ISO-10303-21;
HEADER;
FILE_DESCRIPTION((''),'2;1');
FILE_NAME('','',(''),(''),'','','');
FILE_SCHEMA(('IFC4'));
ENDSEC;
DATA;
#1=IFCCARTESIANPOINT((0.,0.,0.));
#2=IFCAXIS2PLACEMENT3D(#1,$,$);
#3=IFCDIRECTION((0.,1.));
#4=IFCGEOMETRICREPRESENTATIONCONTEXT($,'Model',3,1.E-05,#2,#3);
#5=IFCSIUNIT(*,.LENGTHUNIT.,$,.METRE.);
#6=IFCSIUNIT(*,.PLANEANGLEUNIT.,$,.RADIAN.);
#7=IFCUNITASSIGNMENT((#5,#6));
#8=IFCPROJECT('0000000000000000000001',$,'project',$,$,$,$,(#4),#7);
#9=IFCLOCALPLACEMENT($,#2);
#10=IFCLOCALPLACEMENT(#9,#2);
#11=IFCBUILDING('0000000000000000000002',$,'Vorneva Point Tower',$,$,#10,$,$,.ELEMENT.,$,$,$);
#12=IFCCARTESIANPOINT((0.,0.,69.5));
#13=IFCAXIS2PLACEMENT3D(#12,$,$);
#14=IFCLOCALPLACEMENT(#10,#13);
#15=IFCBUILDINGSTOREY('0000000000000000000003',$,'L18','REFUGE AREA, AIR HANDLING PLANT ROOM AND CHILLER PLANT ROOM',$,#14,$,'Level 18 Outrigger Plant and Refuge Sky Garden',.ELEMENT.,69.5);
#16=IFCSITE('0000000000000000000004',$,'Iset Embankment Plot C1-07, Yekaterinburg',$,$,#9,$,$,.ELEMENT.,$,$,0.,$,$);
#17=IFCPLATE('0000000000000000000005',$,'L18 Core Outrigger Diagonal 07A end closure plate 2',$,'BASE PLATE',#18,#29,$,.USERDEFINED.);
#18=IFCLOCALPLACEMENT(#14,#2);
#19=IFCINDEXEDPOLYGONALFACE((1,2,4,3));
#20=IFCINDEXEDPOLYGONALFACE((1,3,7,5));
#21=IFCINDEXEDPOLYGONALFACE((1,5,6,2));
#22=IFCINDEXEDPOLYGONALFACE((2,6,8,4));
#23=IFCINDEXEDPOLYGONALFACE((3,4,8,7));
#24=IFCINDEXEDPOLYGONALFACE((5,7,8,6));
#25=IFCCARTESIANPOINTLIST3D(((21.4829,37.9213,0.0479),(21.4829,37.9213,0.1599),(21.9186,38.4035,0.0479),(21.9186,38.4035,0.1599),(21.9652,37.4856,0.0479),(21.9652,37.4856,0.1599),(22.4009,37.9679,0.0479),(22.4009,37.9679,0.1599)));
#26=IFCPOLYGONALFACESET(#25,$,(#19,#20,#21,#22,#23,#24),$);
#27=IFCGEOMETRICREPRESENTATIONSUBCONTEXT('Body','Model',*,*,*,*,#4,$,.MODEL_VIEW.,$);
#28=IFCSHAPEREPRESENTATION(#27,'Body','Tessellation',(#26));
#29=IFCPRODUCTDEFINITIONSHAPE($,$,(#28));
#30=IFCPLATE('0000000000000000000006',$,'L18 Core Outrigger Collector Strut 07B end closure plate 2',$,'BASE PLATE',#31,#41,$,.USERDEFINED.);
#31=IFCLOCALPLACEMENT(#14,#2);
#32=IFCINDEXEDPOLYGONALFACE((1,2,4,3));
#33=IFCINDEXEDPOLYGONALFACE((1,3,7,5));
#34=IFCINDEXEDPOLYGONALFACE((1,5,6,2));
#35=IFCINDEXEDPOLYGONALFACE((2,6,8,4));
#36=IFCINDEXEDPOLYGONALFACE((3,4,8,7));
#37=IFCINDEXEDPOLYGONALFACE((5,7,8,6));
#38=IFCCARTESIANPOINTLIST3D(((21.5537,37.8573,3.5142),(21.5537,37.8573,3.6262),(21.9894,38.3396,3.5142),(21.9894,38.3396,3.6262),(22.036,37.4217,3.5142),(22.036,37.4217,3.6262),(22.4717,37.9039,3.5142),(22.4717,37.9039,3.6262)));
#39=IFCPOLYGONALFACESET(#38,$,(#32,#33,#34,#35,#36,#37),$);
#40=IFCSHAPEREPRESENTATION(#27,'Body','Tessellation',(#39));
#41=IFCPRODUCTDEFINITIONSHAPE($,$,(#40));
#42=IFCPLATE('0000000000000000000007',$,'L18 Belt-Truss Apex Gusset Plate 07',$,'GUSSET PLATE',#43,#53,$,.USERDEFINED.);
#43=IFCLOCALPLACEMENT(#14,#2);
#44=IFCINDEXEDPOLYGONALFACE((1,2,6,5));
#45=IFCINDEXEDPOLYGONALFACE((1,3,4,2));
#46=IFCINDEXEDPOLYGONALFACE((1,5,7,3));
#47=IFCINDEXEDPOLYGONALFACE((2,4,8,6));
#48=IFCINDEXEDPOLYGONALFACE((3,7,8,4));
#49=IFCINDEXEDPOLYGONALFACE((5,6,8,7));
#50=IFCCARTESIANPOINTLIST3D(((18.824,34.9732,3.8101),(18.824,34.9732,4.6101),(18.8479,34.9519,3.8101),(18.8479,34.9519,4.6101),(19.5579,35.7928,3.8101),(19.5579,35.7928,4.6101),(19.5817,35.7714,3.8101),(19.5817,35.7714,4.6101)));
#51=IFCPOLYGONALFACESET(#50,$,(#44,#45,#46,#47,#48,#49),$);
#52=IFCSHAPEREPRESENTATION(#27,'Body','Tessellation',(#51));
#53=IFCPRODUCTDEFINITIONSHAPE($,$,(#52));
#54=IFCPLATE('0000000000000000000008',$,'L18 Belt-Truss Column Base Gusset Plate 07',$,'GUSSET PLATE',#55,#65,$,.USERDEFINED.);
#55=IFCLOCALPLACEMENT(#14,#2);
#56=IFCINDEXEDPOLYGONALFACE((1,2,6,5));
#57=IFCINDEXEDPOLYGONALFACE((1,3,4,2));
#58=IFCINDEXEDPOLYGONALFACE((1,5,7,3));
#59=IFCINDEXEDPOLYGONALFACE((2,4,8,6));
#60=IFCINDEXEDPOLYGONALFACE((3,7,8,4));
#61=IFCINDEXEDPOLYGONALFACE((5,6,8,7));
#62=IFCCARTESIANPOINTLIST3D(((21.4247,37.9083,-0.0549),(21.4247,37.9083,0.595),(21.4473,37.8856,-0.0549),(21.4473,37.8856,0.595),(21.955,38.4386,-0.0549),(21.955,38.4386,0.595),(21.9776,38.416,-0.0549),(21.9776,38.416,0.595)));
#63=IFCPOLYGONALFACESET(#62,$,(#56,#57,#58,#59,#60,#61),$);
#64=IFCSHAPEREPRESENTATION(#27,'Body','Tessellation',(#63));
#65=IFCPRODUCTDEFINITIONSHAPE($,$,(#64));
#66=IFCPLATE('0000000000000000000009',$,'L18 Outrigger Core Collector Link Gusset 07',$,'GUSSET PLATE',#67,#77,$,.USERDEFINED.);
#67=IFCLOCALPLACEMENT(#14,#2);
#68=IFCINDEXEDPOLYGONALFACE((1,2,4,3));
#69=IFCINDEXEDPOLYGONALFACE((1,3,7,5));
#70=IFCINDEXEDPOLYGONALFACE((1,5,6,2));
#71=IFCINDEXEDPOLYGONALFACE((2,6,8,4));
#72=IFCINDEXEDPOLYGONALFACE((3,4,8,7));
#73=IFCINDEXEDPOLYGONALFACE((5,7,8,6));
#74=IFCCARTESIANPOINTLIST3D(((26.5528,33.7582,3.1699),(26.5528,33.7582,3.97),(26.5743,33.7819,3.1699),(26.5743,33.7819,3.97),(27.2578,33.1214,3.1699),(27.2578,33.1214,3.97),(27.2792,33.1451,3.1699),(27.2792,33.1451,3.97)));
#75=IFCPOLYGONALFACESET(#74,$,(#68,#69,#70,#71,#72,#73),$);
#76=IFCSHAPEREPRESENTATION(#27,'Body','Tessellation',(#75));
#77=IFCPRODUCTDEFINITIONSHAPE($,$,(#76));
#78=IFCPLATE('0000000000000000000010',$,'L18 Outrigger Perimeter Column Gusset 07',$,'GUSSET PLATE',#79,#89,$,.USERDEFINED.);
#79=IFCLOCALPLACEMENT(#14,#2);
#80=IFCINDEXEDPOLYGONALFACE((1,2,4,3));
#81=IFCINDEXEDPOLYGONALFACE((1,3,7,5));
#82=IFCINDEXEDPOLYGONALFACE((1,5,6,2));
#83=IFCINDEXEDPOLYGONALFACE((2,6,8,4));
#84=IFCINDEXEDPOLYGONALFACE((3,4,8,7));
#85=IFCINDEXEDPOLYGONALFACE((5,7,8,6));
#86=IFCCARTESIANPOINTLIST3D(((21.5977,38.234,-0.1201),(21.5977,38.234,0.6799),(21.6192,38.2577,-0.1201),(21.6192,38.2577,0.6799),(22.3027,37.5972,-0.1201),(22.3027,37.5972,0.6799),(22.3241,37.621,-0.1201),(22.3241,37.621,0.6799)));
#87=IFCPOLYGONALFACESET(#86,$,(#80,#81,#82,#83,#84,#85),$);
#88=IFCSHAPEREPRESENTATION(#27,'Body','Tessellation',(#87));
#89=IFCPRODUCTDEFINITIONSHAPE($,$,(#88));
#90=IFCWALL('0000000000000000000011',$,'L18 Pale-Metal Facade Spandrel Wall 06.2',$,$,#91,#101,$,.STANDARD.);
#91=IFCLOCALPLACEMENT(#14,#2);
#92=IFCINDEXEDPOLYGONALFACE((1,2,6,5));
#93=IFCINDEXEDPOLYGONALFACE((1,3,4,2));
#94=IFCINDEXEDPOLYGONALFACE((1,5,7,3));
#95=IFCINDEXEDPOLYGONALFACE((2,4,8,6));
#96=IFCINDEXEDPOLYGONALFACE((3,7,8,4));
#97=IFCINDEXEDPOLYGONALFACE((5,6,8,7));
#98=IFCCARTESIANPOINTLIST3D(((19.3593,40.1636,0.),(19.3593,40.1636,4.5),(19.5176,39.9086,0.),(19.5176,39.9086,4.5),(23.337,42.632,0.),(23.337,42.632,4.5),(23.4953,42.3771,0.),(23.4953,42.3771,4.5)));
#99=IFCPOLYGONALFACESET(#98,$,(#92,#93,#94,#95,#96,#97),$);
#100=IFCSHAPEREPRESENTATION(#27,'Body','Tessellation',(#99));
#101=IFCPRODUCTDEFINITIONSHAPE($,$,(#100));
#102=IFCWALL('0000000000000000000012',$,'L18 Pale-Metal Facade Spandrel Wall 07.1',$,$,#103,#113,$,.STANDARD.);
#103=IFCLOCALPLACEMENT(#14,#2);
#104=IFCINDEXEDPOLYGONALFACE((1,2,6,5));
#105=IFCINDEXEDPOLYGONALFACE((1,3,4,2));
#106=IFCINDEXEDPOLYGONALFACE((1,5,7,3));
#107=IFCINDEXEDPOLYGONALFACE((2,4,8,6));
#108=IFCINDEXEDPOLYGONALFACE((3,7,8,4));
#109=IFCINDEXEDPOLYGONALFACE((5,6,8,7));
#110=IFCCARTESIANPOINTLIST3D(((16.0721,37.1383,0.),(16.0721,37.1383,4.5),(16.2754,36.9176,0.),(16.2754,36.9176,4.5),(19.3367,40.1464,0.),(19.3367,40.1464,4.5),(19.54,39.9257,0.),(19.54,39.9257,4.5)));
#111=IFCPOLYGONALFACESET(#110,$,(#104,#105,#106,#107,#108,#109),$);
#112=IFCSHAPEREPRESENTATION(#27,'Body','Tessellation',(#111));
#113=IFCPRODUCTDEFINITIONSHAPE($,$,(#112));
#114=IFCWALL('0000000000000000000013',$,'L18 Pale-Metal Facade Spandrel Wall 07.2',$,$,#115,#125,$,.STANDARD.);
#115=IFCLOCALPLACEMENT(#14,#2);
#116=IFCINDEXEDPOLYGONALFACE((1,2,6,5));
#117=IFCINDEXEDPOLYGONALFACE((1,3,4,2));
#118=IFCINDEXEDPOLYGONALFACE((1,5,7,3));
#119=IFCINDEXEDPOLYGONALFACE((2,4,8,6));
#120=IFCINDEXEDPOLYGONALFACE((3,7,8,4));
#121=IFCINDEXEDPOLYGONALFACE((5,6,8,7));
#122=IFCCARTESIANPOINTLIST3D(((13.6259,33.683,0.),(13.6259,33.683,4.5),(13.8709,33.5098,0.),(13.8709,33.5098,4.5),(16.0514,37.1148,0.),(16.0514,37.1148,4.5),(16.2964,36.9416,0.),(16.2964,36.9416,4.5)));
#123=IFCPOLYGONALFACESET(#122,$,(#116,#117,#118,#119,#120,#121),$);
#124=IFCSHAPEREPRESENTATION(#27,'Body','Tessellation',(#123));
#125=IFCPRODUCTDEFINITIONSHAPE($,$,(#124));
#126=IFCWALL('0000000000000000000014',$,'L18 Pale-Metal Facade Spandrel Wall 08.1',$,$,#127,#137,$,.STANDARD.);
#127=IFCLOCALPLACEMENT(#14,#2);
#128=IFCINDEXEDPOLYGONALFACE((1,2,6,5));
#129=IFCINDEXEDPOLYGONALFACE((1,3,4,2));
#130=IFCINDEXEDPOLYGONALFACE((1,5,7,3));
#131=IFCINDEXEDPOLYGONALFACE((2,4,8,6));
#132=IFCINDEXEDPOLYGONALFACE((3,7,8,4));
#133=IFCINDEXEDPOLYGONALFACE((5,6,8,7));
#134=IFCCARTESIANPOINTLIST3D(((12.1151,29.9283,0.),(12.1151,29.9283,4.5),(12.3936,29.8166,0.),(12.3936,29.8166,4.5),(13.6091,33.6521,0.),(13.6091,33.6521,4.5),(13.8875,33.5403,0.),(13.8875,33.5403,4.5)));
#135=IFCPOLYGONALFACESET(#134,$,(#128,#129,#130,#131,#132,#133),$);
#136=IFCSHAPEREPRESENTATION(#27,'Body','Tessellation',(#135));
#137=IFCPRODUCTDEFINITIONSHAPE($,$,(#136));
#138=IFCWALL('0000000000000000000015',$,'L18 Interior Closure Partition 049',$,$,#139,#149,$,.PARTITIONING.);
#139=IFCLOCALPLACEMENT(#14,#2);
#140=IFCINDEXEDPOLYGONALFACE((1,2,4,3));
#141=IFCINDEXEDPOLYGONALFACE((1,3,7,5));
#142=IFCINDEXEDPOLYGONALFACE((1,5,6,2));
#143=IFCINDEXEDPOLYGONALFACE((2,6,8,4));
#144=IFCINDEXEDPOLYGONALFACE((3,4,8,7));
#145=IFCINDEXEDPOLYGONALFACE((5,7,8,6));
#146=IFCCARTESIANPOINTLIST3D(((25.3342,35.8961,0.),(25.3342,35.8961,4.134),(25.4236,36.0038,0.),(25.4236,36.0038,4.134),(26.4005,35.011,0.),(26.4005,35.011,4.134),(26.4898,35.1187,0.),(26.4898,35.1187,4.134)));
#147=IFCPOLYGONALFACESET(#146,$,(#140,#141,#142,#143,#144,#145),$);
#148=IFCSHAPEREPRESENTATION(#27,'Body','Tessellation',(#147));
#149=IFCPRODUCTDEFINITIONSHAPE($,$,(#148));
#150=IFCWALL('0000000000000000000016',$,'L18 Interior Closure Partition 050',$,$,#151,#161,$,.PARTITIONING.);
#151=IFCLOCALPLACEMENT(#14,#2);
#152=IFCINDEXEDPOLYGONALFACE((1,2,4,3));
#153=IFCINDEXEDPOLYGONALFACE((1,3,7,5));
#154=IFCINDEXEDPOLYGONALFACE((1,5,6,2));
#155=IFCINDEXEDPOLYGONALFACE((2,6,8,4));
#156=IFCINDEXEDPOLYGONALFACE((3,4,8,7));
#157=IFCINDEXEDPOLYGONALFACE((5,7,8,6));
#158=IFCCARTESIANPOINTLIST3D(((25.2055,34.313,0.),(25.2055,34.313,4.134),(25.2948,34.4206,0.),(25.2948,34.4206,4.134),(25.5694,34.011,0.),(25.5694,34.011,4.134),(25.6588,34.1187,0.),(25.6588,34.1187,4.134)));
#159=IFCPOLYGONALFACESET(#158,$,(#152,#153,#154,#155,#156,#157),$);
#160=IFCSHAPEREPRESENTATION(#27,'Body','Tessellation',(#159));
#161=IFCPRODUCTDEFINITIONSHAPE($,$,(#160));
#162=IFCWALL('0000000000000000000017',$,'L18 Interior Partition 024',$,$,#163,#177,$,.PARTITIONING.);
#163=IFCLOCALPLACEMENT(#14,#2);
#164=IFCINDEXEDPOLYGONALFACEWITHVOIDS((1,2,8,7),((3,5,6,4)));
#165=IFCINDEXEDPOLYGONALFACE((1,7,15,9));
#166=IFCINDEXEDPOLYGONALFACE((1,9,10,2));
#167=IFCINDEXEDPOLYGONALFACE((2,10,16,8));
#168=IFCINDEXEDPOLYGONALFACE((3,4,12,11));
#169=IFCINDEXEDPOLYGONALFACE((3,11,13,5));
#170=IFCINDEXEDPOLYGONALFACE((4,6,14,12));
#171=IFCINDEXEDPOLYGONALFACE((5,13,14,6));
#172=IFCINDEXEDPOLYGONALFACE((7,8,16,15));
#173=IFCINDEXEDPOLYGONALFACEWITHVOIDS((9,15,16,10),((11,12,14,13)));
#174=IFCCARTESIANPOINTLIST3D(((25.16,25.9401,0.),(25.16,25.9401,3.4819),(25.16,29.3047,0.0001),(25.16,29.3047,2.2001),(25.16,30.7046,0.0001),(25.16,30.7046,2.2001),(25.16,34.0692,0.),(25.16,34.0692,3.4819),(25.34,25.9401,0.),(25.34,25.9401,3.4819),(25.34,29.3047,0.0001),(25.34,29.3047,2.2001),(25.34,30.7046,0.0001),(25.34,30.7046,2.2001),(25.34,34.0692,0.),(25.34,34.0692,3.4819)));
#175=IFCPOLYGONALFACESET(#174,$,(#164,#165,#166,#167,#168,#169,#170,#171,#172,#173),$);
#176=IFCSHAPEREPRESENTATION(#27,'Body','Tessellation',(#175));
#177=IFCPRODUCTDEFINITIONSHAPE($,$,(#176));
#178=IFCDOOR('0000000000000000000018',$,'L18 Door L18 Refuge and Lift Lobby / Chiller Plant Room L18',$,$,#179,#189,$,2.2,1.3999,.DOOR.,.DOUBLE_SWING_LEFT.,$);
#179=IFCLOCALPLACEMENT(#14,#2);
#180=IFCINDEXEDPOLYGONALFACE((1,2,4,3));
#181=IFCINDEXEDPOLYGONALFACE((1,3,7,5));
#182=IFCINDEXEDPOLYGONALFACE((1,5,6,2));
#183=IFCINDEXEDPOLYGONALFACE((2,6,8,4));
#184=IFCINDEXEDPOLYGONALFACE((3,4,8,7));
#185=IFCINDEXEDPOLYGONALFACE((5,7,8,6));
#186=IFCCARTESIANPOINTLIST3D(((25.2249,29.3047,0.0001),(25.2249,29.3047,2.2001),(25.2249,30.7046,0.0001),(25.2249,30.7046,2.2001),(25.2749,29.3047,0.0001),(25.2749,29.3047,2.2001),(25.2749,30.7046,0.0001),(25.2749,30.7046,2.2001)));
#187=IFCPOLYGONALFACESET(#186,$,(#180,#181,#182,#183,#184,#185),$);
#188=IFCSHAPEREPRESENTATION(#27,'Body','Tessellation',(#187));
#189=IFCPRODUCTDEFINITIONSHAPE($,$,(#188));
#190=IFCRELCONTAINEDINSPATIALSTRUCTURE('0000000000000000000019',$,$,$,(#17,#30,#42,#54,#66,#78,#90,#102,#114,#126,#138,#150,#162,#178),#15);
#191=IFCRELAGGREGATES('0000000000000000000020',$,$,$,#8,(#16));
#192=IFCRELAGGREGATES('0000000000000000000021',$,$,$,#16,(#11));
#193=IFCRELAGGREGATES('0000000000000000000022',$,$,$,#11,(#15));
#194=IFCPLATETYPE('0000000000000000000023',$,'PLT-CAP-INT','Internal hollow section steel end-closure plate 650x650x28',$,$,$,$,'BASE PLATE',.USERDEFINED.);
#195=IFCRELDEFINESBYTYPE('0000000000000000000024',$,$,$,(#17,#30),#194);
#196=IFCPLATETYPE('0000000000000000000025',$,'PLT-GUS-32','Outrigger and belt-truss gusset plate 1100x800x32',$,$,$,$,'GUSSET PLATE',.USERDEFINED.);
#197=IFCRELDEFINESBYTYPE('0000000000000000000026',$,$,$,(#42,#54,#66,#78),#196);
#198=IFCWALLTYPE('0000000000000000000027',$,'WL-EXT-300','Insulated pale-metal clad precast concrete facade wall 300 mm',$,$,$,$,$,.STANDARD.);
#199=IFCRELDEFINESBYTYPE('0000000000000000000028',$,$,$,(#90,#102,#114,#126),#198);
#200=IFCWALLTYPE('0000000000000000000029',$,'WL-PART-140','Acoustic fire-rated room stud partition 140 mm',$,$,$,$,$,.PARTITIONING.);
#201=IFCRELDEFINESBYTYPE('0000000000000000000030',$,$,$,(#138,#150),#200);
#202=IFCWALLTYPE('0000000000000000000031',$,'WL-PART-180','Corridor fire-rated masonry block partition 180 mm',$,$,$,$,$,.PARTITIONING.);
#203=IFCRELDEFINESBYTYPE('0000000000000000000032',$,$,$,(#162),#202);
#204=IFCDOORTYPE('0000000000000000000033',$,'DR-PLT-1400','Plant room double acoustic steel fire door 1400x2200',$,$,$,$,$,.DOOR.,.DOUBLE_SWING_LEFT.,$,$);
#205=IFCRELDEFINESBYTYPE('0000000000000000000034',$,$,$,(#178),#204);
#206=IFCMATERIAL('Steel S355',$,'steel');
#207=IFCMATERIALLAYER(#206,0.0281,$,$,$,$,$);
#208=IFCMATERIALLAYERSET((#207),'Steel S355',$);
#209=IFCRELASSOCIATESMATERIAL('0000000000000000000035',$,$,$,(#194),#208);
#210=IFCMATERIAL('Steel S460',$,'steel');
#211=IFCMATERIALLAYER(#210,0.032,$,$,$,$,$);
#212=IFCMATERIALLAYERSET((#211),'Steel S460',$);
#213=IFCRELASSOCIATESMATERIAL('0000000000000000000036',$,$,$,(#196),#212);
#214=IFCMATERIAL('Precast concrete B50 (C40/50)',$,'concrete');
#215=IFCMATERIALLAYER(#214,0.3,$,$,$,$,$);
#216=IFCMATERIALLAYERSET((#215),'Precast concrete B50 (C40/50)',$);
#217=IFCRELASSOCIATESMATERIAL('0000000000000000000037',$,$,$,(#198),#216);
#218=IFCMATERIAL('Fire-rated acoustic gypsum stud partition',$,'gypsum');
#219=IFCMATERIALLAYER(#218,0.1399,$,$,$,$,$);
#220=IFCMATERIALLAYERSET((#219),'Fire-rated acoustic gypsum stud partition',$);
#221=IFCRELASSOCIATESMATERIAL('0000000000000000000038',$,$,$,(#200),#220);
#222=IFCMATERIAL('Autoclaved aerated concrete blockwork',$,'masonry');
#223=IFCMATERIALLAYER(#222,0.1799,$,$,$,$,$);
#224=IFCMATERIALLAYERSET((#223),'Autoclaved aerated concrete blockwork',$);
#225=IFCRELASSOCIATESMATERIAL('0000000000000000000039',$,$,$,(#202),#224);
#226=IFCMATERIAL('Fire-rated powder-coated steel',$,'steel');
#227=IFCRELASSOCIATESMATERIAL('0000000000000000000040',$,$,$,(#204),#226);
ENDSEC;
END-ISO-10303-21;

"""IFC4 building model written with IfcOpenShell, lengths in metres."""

from ifc_helpers import new_model, si_unit, direction, frame, frame_2d, origin, origin_2d, place, context, subcontext, project, spatial, rectangle, extrude, material, layer, layer_set, type_object, element, fill, save


model = new_model("IFC4")

# Units and contexts
model_context = context("Model", 3, precision=1e-05, world=origin(), true_north=direction((0.0, 1.0)))
body_context = subcontext(model_context, "Body", "Model", "MODEL_VIEW")
ifc_project = project(units=[si_unit("LENGTHUNIT", "METRE"), si_unit("PLANEANGLEUNIT", "RADIAN")], contexts=[model_context])

# Site, building, storey
site_placement = place(None, origin())
site = spatial("IfcSite", under=ifc_project, at=site_placement, Name="Iset Embankment Plot C1-07, Yekaterinburg", CompositionType="ELEMENT", RefElevation=0.0)
building_placement = place(site_placement, origin())
building = spatial("IfcBuilding", under=site, at=building_placement, Name="Vorneva Point Tower", CompositionType="ELEMENT")
storey_placement = place(building_placement, frame((0.0, 0.0, 69.5)))
storey = spatial("IfcBuildingStorey", under=building, at=storey_placement, Name="L18", Description="REFUGE AREA, AIR HANDLING PLANT ROOM AND CHILLER PLANT ROOM", LongName="Level 18 Outrigger Plant and Refuge Sky Garden", CompositionType="ELEMENT", Elevation=69.5)

# Shared definitions
ifc_material_1 = material(Name="Steel S460", Category="steel")
ifc_material_2 = material(Name="Steel S355", Category="steel")

# Plates
ifc_layer_1 = layer(ifc_material_2, 0.0281)
ifc_layer_set_1 = layer_set([ifc_layer_1], Name="Steel S355")
plate_type_1 = type_object("IfcPlateType", Name="PLT-CAP-INT", Description="Internal hollow section steel end-closure plate 650x650x28", ElementType="BASE PLATE", PredefinedType="USERDEFINED", material=ifc_layer_set_1)
for number, where, z_axis, x_axis, name in (
    (1, (21.9419, 37.9446, 0.0479), (0.0, 0.0, 1.0), (-0.742081, 0.67031, 0.0), "L18 Core Outrigger Diagonal 07A end closure plate 2"),
    (2, (22.0127, 37.8806, 3.5142), (0.0, 0.0, 1.0), (-0.742081, 0.67031, 0.0), "L18 Core Outrigger Collector Strut 07B end closure plate 2"),
):
    element("IfcPlate", number, at=place(storey_placement, frame(where, z_axis=z_axis, x_axis=x_axis)), inside=storey, type_object=plate_type_1, Name=name, ObjectType="BASE PLATE", PredefinedType="USERDEFINED", context=body_context, shape_type="SweptSolid", body=[
        extrude(rectangle(XDim=0.6499, YDim=0.6499, at=origin_2d()), origin(), (0.0, 0.0, 1.0), 0.1121),
    ])
ifc_layer_2 = layer(ifc_material_1, 0.032)
ifc_layer_set_2 = layer_set([ifc_layer_2], Name="Steel S460")
plate_type_2 = type_object("IfcPlateType", Name="PLT-GUS-32", Description="Outrigger and belt-truss gusset plate 1100x800x32", ElementType="GUSSET PLATE", PredefinedType="USERDEFINED", material=ifc_layer_set_2)
plate_1_placement = place(storey_placement, frame((19.2029, 35.3723, 3.8101), z_axis=(0.0, 0.0, 1.0), x_axis=(-0.667092, -0.744976, 0.0)))
element("IfcPlate", 3, at=plate_1_placement, inside=storey, type_object=plate_type_2, Name="L18 Belt-Truss Apex Gusset Plate 07", ObjectType="GUSSET PLATE", PredefinedType="USERDEFINED", context=body_context, shape_type="SweptSolid", body=[
    extrude(rectangle(XDim=1.1001, YDim=0.032, at=origin_2d()), origin(), (0.0, 0.0, 1.0), 0.8),
])
plate_2_placement = place(storey_placement, frame((21.7012, 38.1621, -0.0549), z_axis=(0.0, 0.0, 1.0), x_axis=(-0.707107, -0.707107, 0.0)))
element("IfcPlate", 4, at=plate_2_placement, inside=storey, type_object=plate_type_2, Name="L18 Belt-Truss Column Base Gusset Plate 07", ObjectType="GUSSET PLATE", PredefinedType="USERDEFINED", context=body_context, shape_type="SweptSolid", body=[
    extrude(rectangle(XDim=0.75, YDim=0.032, at=origin_2d()), origin(), (0.0, 0.0, 1.0), 0.6499),
])
for number, where, z_axis, x_axis, name in (
    (5, (26.916, 33.4517, 3.1699), (0.0, 0.0, 1.0), (-0.742081, 0.67031, 0.0), "L18 Outrigger Core Collector Link Gusset 07"),
    (6, (21.9609, 37.9275, -0.1201), (0.0, 0.0, 1.0), (-0.742081, 0.67031, 0.0), "L18 Outrigger Perimeter Column Gusset 07"),
):
    element("IfcPlate", number, at=place(storey_placement, frame(where, z_axis=z_axis, x_axis=x_axis)), inside=storey, type_object=plate_type_2, Name=name, ObjectType="GUSSET PLATE", PredefinedType="USERDEFINED", context=body_context, shape_type="SweptSolid", body=[
        extrude(rectangle(XDim=0.95, YDim=0.032, at=origin_2d()), origin(), (0.0, 0.0, 1.0), 0.8),
    ])

# Walls
ifc_material_3 = material(Name="Precast concrete B50 (C40/50)", Category="concrete")
ifc_layer_3 = layer(ifc_material_3, 0.3)
ifc_layer_set_3 = layer_set([ifc_layer_3], Name="Precast concrete B50 (C40/50)")
wall_type_1 = type_object("IfcWallType", Name="WL-EXT-300", Description="Insulated pale-metal clad precast concrete facade wall 300 mm", PredefinedType="STANDARD", material=ifc_layer_set_3)
wall_1_placement = place(storey_placement, frame((23.4163, 42.5046, 0.0), z_axis=(0.0, 0.0, 1.0), x_axis=(-0.849684, -0.527291, 0.0)))
element("IfcWall", 7, at=wall_1_placement, inside=storey, type_object=wall_type_1, Name="L18 Pale-Metal Facade Spandrel Wall 06.2", PredefinedType="STANDARD", context=body_context, shape_type="SweptSolid", body=[
    extrude(rectangle(XDim=4.6814, YDim=0.3, at=frame_2d((2.3408, 0.0))), origin(), (0.0, 0.0, 1.0), 4.5),
])
wall_2_placement = place(storey_placement, frame((19.4385, 40.0361, 0.0), z_axis=(0.0, 0.0, 1.0), x_axis=(-0.735417, -0.677615, 0.0)))
element("IfcWall", 8, at=wall_2_placement, inside=storey, type_object=wall_type_1, Name="L18 Pale-Metal Facade Spandrel Wall 07.1", PredefinedType="STANDARD", context=body_context, shape_type="SweptSolid", body=[
    extrude(rectangle(XDim=4.4392, YDim=0.3, at=frame_2d((2.2197, 0.0))), origin(), (0.0, 0.0, 1.0), 4.5),
])
wall_3_placement = place(storey_placement, frame((16.1738, 37.0281, 0.0), z_axis=(0.0, 0.0, 1.0), x_axis=(-0.577164, -0.816628, 0.0)))
element("IfcWall", 9, at=wall_3_placement, inside=storey, type_object=wall_type_1, Name="L18 Pale-Metal Facade Spandrel Wall 07.2", PredefinedType="STANDARD", context=body_context, shape_type="SweptSolid", body=[
    extrude(rectangle(XDim=4.2024, YDim=0.3, at=frame_2d((2.1011, 0.0))), origin(), (0.0, 0.0, 1.0), 4.5),
])
wall_4_placement = place(storey_placement, frame((13.7483, 33.5962, 0.0), z_axis=(0.0, 0.0, 1.0), x_axis=(-0.372345, -0.928094, 0.0)))
element("IfcWall", 10, at=wall_4_placement, inside=storey, type_object=wall_type_1, Name="L18 Pale-Metal Facade Spandrel Wall 08.1", PredefinedType="STANDARD", context=body_context, shape_type="SweptSolid", body=[
    extrude(rectangle(XDim=4.0122, YDim=0.3, at=frame_2d((2.0061, 0.0))), origin(), (0.0, 0.0, 1.0), 4.5),
])
ifc_material_4 = material(Name="Fire-rated acoustic gypsum stud partition", Category="gypsum")
ifc_layer_4 = layer(ifc_material_4, 0.1399)
ifc_layer_set_4 = layer_set([ifc_layer_4], Name="Fire-rated acoustic gypsum stud partition")
wall_type_2 = type_object("IfcWallType", Name="WL-PART-140", Description="Acoustic fire-rated room stud partition 140 mm", PredefinedType="PARTITIONING", material=ifc_layer_set_4)
wall_5_placement = place(storey_placement, frame((25.3789, 35.95, 0.0), z_axis=(0.0, 0.0, 1.0), x_axis=(0.769447, -0.63871, 0.0)))
element("IfcWall", 11, at=wall_5_placement, inside=storey, type_object=wall_type_2, Name="L18 Interior Closure Partition 049", PredefinedType="PARTITIONING", context=body_context, shape_type="SweptSolid", body=[
    extrude(rectangle(XDim=1.3857, YDim=0.1399, at=frame_2d((0.6929, 0.0))), origin(), (0.0, 0.0, 1.0), 4.134),
])
wall_6_placement = place(storey_placement, frame((25.614, 34.0649, 0.0), z_axis=(0.0, 0.0, 1.0), x_axis=(-0.769616, 0.638507, 0.0)))
element("IfcWall", 12, at=wall_6_placement, inside=storey, type_object=wall_type_2, Name="L18 Interior Closure Partition 050", PredefinedType="PARTITIONING", context=body_context, shape_type="SweptSolid", body=[
    extrude(rectangle(XDim=0.4729, YDim=0.1399, at=frame_2d((0.2363, 0.0))), origin(), (0.0, 0.0, 1.0), 4.134),
])

# Wall, opening, door
ifc_material_5 = material(Name="Autoclaved aerated concrete blockwork", Category="masonry")
ifc_layer_5 = layer(ifc_material_5, 0.1799)
ifc_layer_set_5 = layer_set([ifc_layer_5], Name="Autoclaved aerated concrete blockwork")
wall_type_3 = type_object("IfcWallType", Name="WL-PART-180", Description="Corridor fire-rated masonry block partition 180 mm", PredefinedType="PARTITIONING", material=ifc_layer_set_5)
wall_7_placement = place(storey_placement, frame((25.25, 34.0691, 0.0), z_axis=(0.0, 0.0, 1.0), x_axis=(0.0, -1.0, 0.0)))
wall_7 = element("IfcWall", 13, at=wall_7_placement, inside=storey, type_object=wall_type_3, Name="L18 Interior Partition 024", PredefinedType="PARTITIONING", context=body_context, shape_type="SweptSolid", body=[
    extrude(rectangle(XDim=8.1292, YDim=0.1799, at=frame_2d((4.0645, 0.0))), origin(), (0.0, 0.0, 1.0), 3.4819),
])
opening_placement = place(wall_7_placement, frame((3.3645, 0.0, 0.0)))
opening = element("IfcOpeningElement", 14, at=opening_placement, cuts=wall_7, PredefinedType="OPENING", context=body_context, shape_type="SweptSolid", body=[
    extrude(rectangle(XDim=1.3999, YDim=2.2, at=frame_2d((0.7, 1.1001))), frame((0.0, 0.105, 0.0), z_axis=(0.0, -1.0, 0.0), x_axis=(1.0, 0.0, 0.0)), (0.0, 0.0, 1.0), 0.2097),
])
ifc_material_6 = material(Name="Fire-rated powder-coated steel", Category="steel")
door_type = type_object("IfcDoorType", Name="DR-PLT-1400", Description="Plant room double acoustic steel fire door 1400x2200", OperationType="DOUBLE_SWING_LEFT", PredefinedType="DOOR", material=ifc_material_6)
door_placement = place(opening_placement, origin())
door = element("IfcDoor", 15, at=door_placement, inside=storey, type_object=door_type, Name="L18 Door L18 Refuge and Lift Lobby / Chiller Plant Room L18", OperationType="DOUBLE_SWING_LEFT", OverallHeight=2.2, OverallWidth=1.3999, PredefinedType="DOOR", context=body_context, shape_type="SweptSolid", body=[
    extrude(rectangle(XDim=1.3999, YDim=2.2, at=frame_2d((0.7, 1.1001))), frame((0.0, 0.0249, 0.0), z_axis=(0.0, -1.0, 0.0), x_axis=(1.0, 0.0, 0.0)), (0.0, 0.0, 1.0), 0.05),
])
fill(opening, door)

save(model, "model.ifc")
